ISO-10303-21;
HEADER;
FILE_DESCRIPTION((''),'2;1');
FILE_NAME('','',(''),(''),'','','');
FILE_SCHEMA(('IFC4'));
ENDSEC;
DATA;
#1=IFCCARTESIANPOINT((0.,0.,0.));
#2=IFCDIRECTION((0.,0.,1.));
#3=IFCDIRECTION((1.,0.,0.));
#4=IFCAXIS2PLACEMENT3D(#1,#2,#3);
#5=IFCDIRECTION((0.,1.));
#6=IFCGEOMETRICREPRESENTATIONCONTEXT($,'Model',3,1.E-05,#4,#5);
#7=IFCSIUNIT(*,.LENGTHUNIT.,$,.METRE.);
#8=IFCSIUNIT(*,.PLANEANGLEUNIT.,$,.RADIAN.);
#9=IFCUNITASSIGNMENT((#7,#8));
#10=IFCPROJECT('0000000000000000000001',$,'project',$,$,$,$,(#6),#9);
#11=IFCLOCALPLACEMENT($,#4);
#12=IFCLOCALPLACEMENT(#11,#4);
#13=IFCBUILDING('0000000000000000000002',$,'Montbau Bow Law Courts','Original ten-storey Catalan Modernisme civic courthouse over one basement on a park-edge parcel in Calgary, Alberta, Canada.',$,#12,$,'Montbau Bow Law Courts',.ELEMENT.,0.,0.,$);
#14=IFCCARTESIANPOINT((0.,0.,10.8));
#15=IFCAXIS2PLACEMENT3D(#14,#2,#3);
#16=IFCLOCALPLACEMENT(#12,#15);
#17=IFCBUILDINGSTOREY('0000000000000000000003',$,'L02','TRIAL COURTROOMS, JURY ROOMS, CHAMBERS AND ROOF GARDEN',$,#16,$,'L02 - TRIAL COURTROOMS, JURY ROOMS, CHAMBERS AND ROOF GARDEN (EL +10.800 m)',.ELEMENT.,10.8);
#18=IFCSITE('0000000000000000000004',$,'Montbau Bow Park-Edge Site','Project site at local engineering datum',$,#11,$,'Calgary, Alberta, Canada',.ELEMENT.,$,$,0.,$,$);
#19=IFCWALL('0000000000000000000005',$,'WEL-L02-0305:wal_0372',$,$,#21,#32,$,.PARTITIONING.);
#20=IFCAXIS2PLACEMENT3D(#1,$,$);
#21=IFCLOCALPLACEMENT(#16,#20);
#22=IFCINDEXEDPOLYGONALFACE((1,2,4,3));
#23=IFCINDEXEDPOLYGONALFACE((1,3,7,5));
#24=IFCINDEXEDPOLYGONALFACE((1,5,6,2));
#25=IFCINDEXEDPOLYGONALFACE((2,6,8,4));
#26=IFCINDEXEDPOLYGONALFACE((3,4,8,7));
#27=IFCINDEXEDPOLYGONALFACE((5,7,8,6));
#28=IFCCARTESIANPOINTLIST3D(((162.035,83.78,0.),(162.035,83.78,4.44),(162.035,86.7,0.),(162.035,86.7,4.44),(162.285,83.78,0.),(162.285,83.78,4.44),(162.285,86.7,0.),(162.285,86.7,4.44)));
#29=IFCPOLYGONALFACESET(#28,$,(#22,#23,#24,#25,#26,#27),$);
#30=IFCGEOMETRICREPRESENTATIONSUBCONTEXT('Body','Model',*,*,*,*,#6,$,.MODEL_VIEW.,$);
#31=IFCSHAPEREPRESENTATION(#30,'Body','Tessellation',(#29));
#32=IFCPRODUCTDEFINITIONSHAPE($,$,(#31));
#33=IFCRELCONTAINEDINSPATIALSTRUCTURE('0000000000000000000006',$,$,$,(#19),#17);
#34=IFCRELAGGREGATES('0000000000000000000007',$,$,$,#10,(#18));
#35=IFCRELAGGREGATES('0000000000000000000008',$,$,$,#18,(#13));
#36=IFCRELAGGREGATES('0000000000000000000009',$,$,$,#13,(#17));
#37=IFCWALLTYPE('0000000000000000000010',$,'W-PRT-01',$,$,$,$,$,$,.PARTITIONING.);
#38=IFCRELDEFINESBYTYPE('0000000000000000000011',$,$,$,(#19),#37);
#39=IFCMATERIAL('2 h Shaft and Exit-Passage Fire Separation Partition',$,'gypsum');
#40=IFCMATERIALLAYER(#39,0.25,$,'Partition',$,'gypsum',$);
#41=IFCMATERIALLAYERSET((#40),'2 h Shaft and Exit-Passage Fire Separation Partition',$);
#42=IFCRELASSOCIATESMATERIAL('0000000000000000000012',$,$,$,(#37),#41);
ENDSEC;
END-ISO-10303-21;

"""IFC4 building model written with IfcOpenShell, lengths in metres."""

from ifc_helpers import new_model, si_unit, direction, frame, frame_2d, origin_with_axes, place, context, subcontext, project, spatial, rectangle, extrude, material, layer, layer_set, type_object, element, save


model = new_model("IFC4")

# Units and contexts
model_context = context("Model", 3, precision=1e-05, world=origin_with_axes(), true_north=direction((0.0, 1.0)))
body_context = subcontext(model_context, "Body", "Model", "MODEL_VIEW")
ifc_project = project(units=[si_unit("LENGTHUNIT", "METRE"), si_unit("PLANEANGLEUNIT", "RADIAN")], contexts=[model_context])

# Site, building, storey
site_placement = place(None, origin_with_axes())
site = spatial("IfcSite", under=ifc_project, at=site_placement, Name="Montbau Bow Park-Edge Site", Description="Project site at local engineering datum", LongName="Calgary, Alberta, Canada", CompositionType="ELEMENT", RefElevation=0.0)
building_placement = place(site_placement, origin_with_axes())
building = spatial("IfcBuilding", under=site, at=building_placement, Name="Montbau Bow Law Courts", Description="Original ten-storey Catalan Modernisme civic courthouse over one basement on a park-edge parcel in Calgary, Alberta, Canada.", LongName="Montbau Bow Law Courts", CompositionType="ELEMENT", ElevationOfRefHeight=0.0, ElevationOfTerrain=0.0)
storey_placement = place(building_placement, frame((0.0, 0.0, 10.8), z_axis=(0.0, 0.0, 1.0), x_axis=(1.0, 0.0, 0.0)))
storey = spatial("IfcBuildingStorey", under=building, at=storey_placement, Name="L02", Description="TRIAL COURTROOMS, JURY ROOMS, CHAMBERS AND ROOF GARDEN", LongName="L02 - TRIAL COURTROOMS, JURY ROOMS, CHAMBERS AND ROOF GARDEN (EL +10.800 m)", CompositionType="ELEMENT", Elevation=10.8)

# Wall
ifc_material_1 = material(Name="2 h Shaft and Exit-Passage Fire Separation Partition", Category="gypsum")
ifc_layer_1 = layer(ifc_material_1, 0.25, Name="Partition", Category="gypsum")
ifc_layer_set_1 = layer_set([ifc_layer_1], Name="2 h Shaft and Exit-Passage Fire Separation Partition")
wall_type_1 = type_object("IfcWallType", Name="W-PRT-01", PredefinedType="PARTITIONING", material=ifc_layer_set_1)
wall_1_placement = place(None, frame((162.16, 83.78, 10.8), z_axis=(0.0, 0.0, 1.0), x_axis=(0.0, 1.0, 0.0)))
element("IfcWall", 1, at=wall_1_placement, inside=storey, type_object=wall_type_1, Name="WEL-L02-0305:wal_0372", PredefinedType="PARTITIONING", context=body_context, shape_type="SweptSolid", body=[
    extrude(rectangle(XDim=2.92, YDim=0.25, at=frame_2d((1.46, 0.0), x_axis=(1.0, 0.0))), origin_with_axes(), (0.0, 0.0, 1.0), 4.44),
])

save(model, "model.ifc")
